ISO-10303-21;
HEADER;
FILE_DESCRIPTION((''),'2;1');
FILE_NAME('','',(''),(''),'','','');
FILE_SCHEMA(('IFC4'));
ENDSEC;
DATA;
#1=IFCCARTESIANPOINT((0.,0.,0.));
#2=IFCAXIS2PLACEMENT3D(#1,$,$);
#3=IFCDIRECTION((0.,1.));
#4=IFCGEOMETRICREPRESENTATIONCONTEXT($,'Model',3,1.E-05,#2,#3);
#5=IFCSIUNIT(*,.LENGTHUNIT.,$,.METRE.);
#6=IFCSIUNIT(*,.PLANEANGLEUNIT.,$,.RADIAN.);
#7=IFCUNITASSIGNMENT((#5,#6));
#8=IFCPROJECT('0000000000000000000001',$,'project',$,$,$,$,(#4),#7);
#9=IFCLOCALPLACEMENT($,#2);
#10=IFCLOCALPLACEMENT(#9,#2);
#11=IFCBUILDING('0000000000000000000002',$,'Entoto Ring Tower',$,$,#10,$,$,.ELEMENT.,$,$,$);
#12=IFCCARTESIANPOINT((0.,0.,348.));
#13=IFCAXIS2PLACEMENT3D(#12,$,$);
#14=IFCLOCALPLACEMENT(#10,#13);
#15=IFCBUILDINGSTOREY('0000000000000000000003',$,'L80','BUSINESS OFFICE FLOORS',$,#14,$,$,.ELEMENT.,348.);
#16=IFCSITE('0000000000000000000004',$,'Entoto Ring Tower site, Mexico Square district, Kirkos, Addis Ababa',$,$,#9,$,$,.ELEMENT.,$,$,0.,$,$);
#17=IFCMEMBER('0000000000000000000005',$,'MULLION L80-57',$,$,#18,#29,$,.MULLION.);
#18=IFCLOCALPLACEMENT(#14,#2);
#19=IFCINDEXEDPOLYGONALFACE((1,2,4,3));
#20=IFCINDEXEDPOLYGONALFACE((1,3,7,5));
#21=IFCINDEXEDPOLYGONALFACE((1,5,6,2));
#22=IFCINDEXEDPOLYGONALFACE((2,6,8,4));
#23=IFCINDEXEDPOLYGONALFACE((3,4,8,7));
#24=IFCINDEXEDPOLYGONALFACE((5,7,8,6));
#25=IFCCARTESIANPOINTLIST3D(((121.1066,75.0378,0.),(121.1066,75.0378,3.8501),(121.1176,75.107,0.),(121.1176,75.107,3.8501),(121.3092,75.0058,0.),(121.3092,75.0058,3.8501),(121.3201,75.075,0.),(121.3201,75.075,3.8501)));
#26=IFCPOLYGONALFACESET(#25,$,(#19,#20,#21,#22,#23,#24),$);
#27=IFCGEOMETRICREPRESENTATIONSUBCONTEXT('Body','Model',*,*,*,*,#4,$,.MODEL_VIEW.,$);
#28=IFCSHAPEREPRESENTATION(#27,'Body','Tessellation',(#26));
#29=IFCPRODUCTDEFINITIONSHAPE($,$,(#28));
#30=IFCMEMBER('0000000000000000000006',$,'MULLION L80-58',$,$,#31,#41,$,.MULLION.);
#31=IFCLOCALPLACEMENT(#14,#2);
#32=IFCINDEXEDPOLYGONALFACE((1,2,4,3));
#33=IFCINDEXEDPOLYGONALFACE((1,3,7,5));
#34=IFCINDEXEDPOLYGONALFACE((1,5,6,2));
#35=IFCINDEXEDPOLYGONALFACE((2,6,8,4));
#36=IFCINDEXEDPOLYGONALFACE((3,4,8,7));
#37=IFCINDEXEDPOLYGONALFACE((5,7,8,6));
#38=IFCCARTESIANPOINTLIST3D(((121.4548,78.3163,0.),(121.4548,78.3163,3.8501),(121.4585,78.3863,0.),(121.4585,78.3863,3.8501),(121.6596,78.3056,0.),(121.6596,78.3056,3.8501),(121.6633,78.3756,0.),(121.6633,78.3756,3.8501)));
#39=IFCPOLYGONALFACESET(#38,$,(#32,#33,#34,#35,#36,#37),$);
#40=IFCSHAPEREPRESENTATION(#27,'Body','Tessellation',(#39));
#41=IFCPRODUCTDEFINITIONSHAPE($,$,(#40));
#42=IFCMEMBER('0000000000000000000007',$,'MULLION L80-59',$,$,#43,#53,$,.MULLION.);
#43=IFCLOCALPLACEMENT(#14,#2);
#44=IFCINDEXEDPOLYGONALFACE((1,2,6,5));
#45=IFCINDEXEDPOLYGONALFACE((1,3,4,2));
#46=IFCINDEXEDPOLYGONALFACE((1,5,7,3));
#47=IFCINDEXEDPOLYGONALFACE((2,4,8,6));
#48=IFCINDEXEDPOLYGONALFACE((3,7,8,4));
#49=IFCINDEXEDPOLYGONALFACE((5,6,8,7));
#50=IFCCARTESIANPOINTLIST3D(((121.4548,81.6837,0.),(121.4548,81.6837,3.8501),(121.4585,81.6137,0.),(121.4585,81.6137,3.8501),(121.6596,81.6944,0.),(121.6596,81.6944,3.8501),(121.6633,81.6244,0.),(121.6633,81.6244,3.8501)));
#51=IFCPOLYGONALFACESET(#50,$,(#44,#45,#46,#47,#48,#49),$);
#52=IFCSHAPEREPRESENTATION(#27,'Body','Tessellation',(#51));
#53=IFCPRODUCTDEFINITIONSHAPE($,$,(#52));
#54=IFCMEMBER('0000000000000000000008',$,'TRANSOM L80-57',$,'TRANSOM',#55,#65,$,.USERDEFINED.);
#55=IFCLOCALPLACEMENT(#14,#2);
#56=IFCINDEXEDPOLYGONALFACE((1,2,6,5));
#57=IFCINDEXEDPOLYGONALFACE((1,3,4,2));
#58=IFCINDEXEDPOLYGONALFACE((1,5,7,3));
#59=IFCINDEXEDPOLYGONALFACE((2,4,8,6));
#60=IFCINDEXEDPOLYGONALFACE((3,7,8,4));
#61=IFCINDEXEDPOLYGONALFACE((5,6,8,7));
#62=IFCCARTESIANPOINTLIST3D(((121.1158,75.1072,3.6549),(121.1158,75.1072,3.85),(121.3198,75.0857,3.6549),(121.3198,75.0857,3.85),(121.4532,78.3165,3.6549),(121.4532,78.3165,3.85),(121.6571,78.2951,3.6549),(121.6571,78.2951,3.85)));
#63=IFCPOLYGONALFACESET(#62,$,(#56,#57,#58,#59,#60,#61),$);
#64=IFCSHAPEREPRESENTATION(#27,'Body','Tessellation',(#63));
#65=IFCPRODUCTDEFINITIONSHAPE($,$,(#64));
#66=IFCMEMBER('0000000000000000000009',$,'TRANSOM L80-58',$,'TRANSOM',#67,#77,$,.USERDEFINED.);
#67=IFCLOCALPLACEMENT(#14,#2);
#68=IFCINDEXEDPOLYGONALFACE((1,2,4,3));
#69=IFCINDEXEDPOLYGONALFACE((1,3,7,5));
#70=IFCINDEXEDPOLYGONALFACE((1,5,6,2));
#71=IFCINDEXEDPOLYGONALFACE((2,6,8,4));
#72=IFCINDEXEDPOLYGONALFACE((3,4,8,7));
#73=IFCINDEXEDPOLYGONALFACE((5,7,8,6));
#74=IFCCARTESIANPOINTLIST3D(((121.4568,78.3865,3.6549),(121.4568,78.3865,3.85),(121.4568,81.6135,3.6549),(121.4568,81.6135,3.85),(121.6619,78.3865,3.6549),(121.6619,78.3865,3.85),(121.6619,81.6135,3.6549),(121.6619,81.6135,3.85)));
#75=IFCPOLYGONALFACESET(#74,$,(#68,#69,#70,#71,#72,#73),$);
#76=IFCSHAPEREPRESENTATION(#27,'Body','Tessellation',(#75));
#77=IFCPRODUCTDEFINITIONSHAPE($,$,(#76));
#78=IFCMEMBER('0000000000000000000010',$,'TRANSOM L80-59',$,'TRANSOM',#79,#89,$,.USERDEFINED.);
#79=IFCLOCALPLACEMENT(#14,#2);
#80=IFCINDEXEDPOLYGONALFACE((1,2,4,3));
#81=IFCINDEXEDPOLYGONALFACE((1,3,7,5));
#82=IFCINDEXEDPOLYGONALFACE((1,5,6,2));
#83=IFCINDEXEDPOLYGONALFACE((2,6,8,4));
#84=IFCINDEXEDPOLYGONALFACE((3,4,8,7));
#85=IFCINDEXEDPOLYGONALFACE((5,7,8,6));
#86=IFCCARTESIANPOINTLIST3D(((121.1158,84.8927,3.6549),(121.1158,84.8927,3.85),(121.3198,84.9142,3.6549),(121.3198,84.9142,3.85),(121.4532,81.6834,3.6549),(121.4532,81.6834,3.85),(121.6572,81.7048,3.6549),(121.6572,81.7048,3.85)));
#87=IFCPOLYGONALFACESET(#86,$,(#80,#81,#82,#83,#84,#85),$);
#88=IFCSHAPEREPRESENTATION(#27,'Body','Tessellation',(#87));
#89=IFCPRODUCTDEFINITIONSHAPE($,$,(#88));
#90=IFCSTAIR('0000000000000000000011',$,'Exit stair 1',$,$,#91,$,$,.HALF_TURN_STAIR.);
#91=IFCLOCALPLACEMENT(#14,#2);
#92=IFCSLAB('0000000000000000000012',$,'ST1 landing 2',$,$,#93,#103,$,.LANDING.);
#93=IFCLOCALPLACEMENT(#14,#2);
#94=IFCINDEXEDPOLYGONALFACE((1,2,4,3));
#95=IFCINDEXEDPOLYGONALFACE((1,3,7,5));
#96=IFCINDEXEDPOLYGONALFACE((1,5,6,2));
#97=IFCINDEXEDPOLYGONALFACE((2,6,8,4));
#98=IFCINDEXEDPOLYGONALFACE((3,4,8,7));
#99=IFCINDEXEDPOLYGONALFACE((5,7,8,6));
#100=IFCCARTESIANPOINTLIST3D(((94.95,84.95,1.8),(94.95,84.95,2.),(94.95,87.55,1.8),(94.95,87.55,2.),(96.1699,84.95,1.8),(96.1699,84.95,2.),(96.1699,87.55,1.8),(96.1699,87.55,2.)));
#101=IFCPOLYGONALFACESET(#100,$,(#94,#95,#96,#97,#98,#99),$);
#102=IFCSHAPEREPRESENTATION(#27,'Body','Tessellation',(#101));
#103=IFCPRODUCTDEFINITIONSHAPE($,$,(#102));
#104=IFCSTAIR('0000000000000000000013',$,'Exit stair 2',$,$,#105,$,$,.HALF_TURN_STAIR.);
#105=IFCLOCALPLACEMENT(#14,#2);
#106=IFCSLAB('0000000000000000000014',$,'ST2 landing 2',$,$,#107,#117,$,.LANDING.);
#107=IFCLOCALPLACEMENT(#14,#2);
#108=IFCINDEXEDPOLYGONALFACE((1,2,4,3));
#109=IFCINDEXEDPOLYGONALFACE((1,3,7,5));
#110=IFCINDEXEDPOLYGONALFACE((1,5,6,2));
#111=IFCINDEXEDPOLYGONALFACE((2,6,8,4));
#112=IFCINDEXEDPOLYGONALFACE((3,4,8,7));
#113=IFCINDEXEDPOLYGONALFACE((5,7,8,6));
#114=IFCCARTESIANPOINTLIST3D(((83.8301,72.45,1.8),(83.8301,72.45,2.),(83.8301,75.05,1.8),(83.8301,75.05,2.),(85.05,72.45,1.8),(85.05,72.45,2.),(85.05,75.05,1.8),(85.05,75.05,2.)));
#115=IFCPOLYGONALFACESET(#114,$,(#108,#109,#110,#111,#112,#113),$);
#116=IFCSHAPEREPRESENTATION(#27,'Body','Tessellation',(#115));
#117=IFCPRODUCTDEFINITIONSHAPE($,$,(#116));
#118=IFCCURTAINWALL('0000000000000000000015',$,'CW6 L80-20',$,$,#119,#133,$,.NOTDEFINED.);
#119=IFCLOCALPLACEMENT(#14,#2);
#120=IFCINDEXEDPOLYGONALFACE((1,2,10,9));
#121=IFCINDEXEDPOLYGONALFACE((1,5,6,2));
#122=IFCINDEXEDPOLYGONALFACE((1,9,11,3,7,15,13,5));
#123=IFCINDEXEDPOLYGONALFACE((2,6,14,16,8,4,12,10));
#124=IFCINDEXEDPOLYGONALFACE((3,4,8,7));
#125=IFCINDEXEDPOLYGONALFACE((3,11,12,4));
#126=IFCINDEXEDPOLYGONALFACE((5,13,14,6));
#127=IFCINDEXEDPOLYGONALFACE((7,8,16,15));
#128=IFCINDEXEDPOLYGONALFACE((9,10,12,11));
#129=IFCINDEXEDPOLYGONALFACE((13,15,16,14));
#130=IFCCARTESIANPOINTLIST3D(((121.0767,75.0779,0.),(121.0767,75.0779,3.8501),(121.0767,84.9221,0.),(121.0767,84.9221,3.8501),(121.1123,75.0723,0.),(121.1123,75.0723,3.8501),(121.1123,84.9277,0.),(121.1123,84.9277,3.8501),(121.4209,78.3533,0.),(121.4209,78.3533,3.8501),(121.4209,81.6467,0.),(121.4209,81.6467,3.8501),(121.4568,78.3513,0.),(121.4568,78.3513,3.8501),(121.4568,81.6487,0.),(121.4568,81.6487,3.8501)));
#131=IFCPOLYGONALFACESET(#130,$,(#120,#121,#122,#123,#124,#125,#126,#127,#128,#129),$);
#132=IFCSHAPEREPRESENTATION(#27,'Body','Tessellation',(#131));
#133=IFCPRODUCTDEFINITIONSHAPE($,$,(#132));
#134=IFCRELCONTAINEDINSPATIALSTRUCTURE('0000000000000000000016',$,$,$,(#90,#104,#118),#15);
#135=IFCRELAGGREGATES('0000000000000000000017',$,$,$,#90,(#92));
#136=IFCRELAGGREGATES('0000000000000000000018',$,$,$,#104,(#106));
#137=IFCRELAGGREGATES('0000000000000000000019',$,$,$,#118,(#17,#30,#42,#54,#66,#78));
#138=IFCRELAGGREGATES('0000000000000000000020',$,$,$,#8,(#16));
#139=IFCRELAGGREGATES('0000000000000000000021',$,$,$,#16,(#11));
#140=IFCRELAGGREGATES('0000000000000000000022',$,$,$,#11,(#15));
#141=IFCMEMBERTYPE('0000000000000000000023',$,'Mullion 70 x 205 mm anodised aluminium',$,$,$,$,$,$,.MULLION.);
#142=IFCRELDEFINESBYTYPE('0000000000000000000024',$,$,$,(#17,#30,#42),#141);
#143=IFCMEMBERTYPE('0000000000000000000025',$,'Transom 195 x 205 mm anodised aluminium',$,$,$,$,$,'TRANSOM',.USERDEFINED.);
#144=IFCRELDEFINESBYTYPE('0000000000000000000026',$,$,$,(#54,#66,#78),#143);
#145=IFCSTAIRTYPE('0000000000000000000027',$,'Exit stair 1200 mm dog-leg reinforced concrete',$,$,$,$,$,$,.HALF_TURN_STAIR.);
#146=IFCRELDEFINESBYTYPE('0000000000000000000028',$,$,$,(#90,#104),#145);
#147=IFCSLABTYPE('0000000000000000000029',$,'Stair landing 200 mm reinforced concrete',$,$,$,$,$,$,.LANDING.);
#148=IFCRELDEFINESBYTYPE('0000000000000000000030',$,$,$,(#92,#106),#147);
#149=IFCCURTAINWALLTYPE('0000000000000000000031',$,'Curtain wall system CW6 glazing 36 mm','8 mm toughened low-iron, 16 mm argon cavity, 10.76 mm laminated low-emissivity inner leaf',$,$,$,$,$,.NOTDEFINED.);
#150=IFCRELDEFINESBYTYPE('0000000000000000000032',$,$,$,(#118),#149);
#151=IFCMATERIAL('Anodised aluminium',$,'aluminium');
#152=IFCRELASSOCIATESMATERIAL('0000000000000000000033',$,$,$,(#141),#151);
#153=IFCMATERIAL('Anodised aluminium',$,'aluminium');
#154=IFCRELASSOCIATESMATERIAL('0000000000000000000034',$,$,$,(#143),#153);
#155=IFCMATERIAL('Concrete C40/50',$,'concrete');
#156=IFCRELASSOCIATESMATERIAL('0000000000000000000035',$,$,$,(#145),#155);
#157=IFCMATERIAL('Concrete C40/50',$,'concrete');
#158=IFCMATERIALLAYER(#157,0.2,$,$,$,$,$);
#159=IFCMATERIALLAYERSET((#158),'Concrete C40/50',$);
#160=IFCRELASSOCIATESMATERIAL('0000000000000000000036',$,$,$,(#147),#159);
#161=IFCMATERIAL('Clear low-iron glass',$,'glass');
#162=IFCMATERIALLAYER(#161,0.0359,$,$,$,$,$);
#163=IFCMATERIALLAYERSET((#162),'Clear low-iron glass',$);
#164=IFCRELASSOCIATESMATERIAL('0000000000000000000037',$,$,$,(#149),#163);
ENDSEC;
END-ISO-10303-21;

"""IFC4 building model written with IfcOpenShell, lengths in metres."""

from ifc_helpers import new_model, si_unit, direction, frame, origin, origin_2d, place, context, subcontext, project, spatial, polyline, rectangle, outline, extrude, material, layer, layer_set, material_profile, profile_set, type_object, element, aggregate, save


model = new_model("IFC4")

# Units and contexts
model_context = context("Model", 3, precision=1e-05, world=origin(), true_north=direction((0.0, 1.0)))
body_context = subcontext(model_context, "Body", "Model", "MODEL_VIEW")
ifc_project = project(units=[si_unit("LENGTHUNIT", "METRE"), si_unit("PLANEANGLEUNIT", "RADIAN")], contexts=[model_context])

# Members
ifc_material_1 = material(Name="Anodised aluminium", Category="aluminium")
ifc_material_profile_1 = material_profile(ifc_material_1, rectangle(XDim=0.0701, YDim=0.2051, at=origin_2d()), Name="Mullion 70 x 205 mm anodised aluminium")
ifc_profile_set_1 = profile_set([ifc_material_profile_1], Name="Anodised aluminium")
member_type_1 = type_object("IfcMemberType", Name="Mullion 70 x 205 mm anodised aluminium", PredefinedType="MULLION", material=ifc_profile_set_1)
site_placement = place(None, origin())
building_placement = place(site_placement, origin())
storey_placement = place(building_placement, frame((0.0, 0.0, 348.0)))
member_1_placement = place(storey_placement, frame((121.2134, 75.0564, 0.0), z_axis=(0.0, 0.0, 1.0), x_axis=(0.156434, 0.987688, 0.0)))
member_1 = element("IfcMember", 1, at=member_1_placement, type_object=member_type_1, Name="MULLION L80-57", PredefinedType="MULLION", context=body_context, shape_type="SweptSolid", body=[
    extrude(rectangle(XDim=0.0701, YDim=0.2051, at=origin_2d()), origin(), (0.0, 0.0, 1.0), 3.8501),
])
member_2_placement = place(storey_placement, frame((121.5591, 78.3459, 0.0), z_axis=(0.0, 0.0, 1.0), x_axis=(0.052336, 0.99863, 0.0)))
member_2 = element("IfcMember", 2, at=member_2_placement, type_object=member_type_1, Name="MULLION L80-58", PredefinedType="MULLION", context=body_context, shape_type="SweptSolid", body=[
    extrude(rectangle(XDim=0.0701, YDim=0.2051, at=origin_2d()), origin(), (0.0, 0.0, 1.0), 3.8501),
])
member_3_placement = place(storey_placement, frame((121.5591, 81.6541, 0.0), z_axis=(0.0, 0.0, 1.0), x_axis=(-0.052336, 0.99863, 0.0)))
member_3 = element("IfcMember", 3, at=member_3_placement, type_object=member_type_1, Name="MULLION L80-59", PredefinedType="MULLION", context=body_context, shape_type="SweptSolid", body=[
    extrude(rectangle(XDim=0.0701, YDim=0.2051, at=origin_2d()), origin(), (0.0, 0.0, 1.0), 3.8501),
])
ifc_material_2 = material(Name="Anodised aluminium", Category="aluminium")
ifc_material_profile_2 = material_profile(ifc_material_2, rectangle(XDim=0.2051, YDim=0.1951, at=origin_2d()), Name="Transom 195 x 205 mm anodised aluminium")
ifc_profile_set_2 = profile_set([ifc_material_profile_2], Name="Anodised aluminium")
member_type_2 = type_object("IfcMemberType", Name="Transom 195 x 205 mm anodised aluminium", ElementType="TRANSOM", PredefinedType="USERDEFINED", material=ifc_profile_set_2)
member_4_placement = place(storey_placement, frame((121.2178, 75.0964, 3.7524), z_axis=(0.104551, 0.99452, 0.0), x_axis=(-0.99452, 0.104551, 0.0)))
member_4 = element("IfcMember", 4, at=member_4_placement, type_object=member_type_2, Name="TRANSOM L80-57", ObjectType="TRANSOM", PredefinedType="USERDEFINED", context=body_context, shape_type="SweptSolid", body=[
    extrude(rectangle(XDim=0.2051, YDim=0.1951, at=origin_2d()), origin(), (0.0, 0.0, 1.0), 3.2271),
])
member_5_placement = place(storey_placement, frame((121.5593, 78.3865, 3.7524), z_axis=(0.0, 1.0, 0.0), x_axis=(-1.0, 0.0, 0.0)))
member_5 = element("IfcMember", 5, at=member_5_placement, type_object=member_type_2, Name="TRANSOM L80-58", ObjectType="TRANSOM", PredefinedType="USERDEFINED", context=body_context, shape_type="SweptSolid", body=[
    extrude(rectangle(XDim=0.2051, YDim=0.1951, at=origin_2d()), origin(), (0.0, 0.0, 1.0), 3.2271),
])
member_6_placement = place(storey_placement, frame((121.5552, 81.6941, 3.7524), z_axis=(-0.104551, 0.99452, 0.0), x_axis=(-0.99452, -0.104551, 0.0)))
member_6 = element("IfcMember", 6, at=member_6_placement, type_object=member_type_2, Name="TRANSOM L80-59", ObjectType="TRANSOM", PredefinedType="USERDEFINED", context=body_context, shape_type="SweptSolid", body=[
    extrude(rectangle(XDim=0.2051, YDim=0.1951, at=origin_2d()), origin(), (0.0, 0.0, 1.0), 3.2271),
])

# Site, building, storey
site = spatial("IfcSite", under=ifc_project, at=site_placement, Name="Entoto Ring Tower site, Mexico Square district, Kirkos, Addis Ababa", CompositionType="ELEMENT", RefElevation=0.0)
building = spatial("IfcBuilding", under=site, at=building_placement, Name="Entoto Ring Tower", CompositionType="ELEMENT")
storey = spatial("IfcBuildingStorey", under=building, at=storey_placement, Name="L80", Description="BUSINESS OFFICE FLOORS", CompositionType="ELEMENT", Elevation=348.0)

# Stairs, slabs
ifc_material_3 = material(Name="Concrete C40/50", Category="concrete")
stair_type = type_object("IfcStairType", Name="Exit stair 1200 mm dog-leg reinforced concrete", PredefinedType="HALF_TURN_STAIR", material=ifc_material_3)
stair_1_placement = place(storey_placement, origin())
stair_1 = element("IfcStair", 7, at=stair_1_placement, inside=storey, type_object=stair_type, Name="Exit stair 1", PredefinedType="HALF_TURN_STAIR")
ifc_material_4 = material(Name="Concrete C40/50", Category="concrete")
ifc_layer_1 = layer(ifc_material_4, 0.2)
ifc_layer_set_1 = layer_set([ifc_layer_1], Name="Concrete C40/50")
slab_type = type_object("IfcSlabType", Name="Stair landing 200 mm reinforced concrete", PredefinedType="LANDING", material=ifc_layer_set_1)
slab_1_placement = place(storey_placement, frame((0.0, 0.0, 1.8)))
slab_1 = element("IfcSlab", 8, at=slab_1_placement, type_object=slab_type, Name="ST1 landing 2", PredefinedType="LANDING", context=body_context, shape_type="SweptSolid", body=[
    extrude(outline(polyline([(94.95, 84.95), (96.1699, 84.95), (96.1699, 87.55), (94.95, 87.55), (94.95, 84.95)])), origin(), (0.0, 0.0, 1.0), 0.2),
])
aggregate(stair_1, [slab_1])
stair_2_placement = place(storey_placement, origin())
stair_2 = element("IfcStair", 9, at=stair_2_placement, inside=storey, type_object=stair_type, Name="Exit stair 2", PredefinedType="HALF_TURN_STAIR")
slab_2_placement = place(storey_placement, frame((0.0, 0.0, 1.8)))
slab_2 = element("IfcSlab", 10, at=slab_2_placement, type_object=slab_type, Name="ST2 landing 2", PredefinedType="LANDING", context=body_context, shape_type="SweptSolid", body=[
    extrude(outline(polyline([(83.8301, 72.45), (85.05, 72.45), (85.05, 75.05), (83.8301, 75.05), (83.8301, 72.45)])), origin(), (0.0, 0.0, 1.0), 0.2),
])
aggregate(stair_2, [slab_2])

# Curtain wall
ifc_material_5 = material(Name="Clear low-iron glass", Category="glass")
ifc_layer_2 = layer(ifc_material_5, 0.0359)
ifc_layer_set_2 = layer_set([ifc_layer_2], Name="Clear low-iron glass")
curtain_wall_type = type_object("IfcCurtainWallType", Name="Curtain wall system CW6 glazing 36 mm", Description="8 mm toughened low-iron, 16 mm argon cavity, 10.76 mm laminated low-emissivity inner leaf", PredefinedType="NOTDEFINED", material=ifc_layer_set_2)
curtain_wall_1_placement = place(storey_placement, origin())
curtain_wall_1 = element("IfcCurtainWall", 11, at=curtain_wall_1_placement, inside=storey, type_object=curtain_wall_type, Name="CW6 L80-20", PredefinedType="NOTDEFINED", context=body_context, shape_type="SweptSolid", body=[
    extrude(outline(polyline([(121.1123, 75.0723), (121.4568, 78.3513), (121.4568, 81.6487), (121.1123, 84.9277), (121.0767, 84.9221), (121.4209, 81.6467), (121.4209, 78.3533), (121.0767, 75.0779), (121.1123, 75.0723)])), origin(), (0.0, 0.0, 1.0), 3.8501),
])
aggregate(curtain_wall_1, [member_1, member_2, member_3, member_4, member_5, member_6])

save(model, "model.ifc")
